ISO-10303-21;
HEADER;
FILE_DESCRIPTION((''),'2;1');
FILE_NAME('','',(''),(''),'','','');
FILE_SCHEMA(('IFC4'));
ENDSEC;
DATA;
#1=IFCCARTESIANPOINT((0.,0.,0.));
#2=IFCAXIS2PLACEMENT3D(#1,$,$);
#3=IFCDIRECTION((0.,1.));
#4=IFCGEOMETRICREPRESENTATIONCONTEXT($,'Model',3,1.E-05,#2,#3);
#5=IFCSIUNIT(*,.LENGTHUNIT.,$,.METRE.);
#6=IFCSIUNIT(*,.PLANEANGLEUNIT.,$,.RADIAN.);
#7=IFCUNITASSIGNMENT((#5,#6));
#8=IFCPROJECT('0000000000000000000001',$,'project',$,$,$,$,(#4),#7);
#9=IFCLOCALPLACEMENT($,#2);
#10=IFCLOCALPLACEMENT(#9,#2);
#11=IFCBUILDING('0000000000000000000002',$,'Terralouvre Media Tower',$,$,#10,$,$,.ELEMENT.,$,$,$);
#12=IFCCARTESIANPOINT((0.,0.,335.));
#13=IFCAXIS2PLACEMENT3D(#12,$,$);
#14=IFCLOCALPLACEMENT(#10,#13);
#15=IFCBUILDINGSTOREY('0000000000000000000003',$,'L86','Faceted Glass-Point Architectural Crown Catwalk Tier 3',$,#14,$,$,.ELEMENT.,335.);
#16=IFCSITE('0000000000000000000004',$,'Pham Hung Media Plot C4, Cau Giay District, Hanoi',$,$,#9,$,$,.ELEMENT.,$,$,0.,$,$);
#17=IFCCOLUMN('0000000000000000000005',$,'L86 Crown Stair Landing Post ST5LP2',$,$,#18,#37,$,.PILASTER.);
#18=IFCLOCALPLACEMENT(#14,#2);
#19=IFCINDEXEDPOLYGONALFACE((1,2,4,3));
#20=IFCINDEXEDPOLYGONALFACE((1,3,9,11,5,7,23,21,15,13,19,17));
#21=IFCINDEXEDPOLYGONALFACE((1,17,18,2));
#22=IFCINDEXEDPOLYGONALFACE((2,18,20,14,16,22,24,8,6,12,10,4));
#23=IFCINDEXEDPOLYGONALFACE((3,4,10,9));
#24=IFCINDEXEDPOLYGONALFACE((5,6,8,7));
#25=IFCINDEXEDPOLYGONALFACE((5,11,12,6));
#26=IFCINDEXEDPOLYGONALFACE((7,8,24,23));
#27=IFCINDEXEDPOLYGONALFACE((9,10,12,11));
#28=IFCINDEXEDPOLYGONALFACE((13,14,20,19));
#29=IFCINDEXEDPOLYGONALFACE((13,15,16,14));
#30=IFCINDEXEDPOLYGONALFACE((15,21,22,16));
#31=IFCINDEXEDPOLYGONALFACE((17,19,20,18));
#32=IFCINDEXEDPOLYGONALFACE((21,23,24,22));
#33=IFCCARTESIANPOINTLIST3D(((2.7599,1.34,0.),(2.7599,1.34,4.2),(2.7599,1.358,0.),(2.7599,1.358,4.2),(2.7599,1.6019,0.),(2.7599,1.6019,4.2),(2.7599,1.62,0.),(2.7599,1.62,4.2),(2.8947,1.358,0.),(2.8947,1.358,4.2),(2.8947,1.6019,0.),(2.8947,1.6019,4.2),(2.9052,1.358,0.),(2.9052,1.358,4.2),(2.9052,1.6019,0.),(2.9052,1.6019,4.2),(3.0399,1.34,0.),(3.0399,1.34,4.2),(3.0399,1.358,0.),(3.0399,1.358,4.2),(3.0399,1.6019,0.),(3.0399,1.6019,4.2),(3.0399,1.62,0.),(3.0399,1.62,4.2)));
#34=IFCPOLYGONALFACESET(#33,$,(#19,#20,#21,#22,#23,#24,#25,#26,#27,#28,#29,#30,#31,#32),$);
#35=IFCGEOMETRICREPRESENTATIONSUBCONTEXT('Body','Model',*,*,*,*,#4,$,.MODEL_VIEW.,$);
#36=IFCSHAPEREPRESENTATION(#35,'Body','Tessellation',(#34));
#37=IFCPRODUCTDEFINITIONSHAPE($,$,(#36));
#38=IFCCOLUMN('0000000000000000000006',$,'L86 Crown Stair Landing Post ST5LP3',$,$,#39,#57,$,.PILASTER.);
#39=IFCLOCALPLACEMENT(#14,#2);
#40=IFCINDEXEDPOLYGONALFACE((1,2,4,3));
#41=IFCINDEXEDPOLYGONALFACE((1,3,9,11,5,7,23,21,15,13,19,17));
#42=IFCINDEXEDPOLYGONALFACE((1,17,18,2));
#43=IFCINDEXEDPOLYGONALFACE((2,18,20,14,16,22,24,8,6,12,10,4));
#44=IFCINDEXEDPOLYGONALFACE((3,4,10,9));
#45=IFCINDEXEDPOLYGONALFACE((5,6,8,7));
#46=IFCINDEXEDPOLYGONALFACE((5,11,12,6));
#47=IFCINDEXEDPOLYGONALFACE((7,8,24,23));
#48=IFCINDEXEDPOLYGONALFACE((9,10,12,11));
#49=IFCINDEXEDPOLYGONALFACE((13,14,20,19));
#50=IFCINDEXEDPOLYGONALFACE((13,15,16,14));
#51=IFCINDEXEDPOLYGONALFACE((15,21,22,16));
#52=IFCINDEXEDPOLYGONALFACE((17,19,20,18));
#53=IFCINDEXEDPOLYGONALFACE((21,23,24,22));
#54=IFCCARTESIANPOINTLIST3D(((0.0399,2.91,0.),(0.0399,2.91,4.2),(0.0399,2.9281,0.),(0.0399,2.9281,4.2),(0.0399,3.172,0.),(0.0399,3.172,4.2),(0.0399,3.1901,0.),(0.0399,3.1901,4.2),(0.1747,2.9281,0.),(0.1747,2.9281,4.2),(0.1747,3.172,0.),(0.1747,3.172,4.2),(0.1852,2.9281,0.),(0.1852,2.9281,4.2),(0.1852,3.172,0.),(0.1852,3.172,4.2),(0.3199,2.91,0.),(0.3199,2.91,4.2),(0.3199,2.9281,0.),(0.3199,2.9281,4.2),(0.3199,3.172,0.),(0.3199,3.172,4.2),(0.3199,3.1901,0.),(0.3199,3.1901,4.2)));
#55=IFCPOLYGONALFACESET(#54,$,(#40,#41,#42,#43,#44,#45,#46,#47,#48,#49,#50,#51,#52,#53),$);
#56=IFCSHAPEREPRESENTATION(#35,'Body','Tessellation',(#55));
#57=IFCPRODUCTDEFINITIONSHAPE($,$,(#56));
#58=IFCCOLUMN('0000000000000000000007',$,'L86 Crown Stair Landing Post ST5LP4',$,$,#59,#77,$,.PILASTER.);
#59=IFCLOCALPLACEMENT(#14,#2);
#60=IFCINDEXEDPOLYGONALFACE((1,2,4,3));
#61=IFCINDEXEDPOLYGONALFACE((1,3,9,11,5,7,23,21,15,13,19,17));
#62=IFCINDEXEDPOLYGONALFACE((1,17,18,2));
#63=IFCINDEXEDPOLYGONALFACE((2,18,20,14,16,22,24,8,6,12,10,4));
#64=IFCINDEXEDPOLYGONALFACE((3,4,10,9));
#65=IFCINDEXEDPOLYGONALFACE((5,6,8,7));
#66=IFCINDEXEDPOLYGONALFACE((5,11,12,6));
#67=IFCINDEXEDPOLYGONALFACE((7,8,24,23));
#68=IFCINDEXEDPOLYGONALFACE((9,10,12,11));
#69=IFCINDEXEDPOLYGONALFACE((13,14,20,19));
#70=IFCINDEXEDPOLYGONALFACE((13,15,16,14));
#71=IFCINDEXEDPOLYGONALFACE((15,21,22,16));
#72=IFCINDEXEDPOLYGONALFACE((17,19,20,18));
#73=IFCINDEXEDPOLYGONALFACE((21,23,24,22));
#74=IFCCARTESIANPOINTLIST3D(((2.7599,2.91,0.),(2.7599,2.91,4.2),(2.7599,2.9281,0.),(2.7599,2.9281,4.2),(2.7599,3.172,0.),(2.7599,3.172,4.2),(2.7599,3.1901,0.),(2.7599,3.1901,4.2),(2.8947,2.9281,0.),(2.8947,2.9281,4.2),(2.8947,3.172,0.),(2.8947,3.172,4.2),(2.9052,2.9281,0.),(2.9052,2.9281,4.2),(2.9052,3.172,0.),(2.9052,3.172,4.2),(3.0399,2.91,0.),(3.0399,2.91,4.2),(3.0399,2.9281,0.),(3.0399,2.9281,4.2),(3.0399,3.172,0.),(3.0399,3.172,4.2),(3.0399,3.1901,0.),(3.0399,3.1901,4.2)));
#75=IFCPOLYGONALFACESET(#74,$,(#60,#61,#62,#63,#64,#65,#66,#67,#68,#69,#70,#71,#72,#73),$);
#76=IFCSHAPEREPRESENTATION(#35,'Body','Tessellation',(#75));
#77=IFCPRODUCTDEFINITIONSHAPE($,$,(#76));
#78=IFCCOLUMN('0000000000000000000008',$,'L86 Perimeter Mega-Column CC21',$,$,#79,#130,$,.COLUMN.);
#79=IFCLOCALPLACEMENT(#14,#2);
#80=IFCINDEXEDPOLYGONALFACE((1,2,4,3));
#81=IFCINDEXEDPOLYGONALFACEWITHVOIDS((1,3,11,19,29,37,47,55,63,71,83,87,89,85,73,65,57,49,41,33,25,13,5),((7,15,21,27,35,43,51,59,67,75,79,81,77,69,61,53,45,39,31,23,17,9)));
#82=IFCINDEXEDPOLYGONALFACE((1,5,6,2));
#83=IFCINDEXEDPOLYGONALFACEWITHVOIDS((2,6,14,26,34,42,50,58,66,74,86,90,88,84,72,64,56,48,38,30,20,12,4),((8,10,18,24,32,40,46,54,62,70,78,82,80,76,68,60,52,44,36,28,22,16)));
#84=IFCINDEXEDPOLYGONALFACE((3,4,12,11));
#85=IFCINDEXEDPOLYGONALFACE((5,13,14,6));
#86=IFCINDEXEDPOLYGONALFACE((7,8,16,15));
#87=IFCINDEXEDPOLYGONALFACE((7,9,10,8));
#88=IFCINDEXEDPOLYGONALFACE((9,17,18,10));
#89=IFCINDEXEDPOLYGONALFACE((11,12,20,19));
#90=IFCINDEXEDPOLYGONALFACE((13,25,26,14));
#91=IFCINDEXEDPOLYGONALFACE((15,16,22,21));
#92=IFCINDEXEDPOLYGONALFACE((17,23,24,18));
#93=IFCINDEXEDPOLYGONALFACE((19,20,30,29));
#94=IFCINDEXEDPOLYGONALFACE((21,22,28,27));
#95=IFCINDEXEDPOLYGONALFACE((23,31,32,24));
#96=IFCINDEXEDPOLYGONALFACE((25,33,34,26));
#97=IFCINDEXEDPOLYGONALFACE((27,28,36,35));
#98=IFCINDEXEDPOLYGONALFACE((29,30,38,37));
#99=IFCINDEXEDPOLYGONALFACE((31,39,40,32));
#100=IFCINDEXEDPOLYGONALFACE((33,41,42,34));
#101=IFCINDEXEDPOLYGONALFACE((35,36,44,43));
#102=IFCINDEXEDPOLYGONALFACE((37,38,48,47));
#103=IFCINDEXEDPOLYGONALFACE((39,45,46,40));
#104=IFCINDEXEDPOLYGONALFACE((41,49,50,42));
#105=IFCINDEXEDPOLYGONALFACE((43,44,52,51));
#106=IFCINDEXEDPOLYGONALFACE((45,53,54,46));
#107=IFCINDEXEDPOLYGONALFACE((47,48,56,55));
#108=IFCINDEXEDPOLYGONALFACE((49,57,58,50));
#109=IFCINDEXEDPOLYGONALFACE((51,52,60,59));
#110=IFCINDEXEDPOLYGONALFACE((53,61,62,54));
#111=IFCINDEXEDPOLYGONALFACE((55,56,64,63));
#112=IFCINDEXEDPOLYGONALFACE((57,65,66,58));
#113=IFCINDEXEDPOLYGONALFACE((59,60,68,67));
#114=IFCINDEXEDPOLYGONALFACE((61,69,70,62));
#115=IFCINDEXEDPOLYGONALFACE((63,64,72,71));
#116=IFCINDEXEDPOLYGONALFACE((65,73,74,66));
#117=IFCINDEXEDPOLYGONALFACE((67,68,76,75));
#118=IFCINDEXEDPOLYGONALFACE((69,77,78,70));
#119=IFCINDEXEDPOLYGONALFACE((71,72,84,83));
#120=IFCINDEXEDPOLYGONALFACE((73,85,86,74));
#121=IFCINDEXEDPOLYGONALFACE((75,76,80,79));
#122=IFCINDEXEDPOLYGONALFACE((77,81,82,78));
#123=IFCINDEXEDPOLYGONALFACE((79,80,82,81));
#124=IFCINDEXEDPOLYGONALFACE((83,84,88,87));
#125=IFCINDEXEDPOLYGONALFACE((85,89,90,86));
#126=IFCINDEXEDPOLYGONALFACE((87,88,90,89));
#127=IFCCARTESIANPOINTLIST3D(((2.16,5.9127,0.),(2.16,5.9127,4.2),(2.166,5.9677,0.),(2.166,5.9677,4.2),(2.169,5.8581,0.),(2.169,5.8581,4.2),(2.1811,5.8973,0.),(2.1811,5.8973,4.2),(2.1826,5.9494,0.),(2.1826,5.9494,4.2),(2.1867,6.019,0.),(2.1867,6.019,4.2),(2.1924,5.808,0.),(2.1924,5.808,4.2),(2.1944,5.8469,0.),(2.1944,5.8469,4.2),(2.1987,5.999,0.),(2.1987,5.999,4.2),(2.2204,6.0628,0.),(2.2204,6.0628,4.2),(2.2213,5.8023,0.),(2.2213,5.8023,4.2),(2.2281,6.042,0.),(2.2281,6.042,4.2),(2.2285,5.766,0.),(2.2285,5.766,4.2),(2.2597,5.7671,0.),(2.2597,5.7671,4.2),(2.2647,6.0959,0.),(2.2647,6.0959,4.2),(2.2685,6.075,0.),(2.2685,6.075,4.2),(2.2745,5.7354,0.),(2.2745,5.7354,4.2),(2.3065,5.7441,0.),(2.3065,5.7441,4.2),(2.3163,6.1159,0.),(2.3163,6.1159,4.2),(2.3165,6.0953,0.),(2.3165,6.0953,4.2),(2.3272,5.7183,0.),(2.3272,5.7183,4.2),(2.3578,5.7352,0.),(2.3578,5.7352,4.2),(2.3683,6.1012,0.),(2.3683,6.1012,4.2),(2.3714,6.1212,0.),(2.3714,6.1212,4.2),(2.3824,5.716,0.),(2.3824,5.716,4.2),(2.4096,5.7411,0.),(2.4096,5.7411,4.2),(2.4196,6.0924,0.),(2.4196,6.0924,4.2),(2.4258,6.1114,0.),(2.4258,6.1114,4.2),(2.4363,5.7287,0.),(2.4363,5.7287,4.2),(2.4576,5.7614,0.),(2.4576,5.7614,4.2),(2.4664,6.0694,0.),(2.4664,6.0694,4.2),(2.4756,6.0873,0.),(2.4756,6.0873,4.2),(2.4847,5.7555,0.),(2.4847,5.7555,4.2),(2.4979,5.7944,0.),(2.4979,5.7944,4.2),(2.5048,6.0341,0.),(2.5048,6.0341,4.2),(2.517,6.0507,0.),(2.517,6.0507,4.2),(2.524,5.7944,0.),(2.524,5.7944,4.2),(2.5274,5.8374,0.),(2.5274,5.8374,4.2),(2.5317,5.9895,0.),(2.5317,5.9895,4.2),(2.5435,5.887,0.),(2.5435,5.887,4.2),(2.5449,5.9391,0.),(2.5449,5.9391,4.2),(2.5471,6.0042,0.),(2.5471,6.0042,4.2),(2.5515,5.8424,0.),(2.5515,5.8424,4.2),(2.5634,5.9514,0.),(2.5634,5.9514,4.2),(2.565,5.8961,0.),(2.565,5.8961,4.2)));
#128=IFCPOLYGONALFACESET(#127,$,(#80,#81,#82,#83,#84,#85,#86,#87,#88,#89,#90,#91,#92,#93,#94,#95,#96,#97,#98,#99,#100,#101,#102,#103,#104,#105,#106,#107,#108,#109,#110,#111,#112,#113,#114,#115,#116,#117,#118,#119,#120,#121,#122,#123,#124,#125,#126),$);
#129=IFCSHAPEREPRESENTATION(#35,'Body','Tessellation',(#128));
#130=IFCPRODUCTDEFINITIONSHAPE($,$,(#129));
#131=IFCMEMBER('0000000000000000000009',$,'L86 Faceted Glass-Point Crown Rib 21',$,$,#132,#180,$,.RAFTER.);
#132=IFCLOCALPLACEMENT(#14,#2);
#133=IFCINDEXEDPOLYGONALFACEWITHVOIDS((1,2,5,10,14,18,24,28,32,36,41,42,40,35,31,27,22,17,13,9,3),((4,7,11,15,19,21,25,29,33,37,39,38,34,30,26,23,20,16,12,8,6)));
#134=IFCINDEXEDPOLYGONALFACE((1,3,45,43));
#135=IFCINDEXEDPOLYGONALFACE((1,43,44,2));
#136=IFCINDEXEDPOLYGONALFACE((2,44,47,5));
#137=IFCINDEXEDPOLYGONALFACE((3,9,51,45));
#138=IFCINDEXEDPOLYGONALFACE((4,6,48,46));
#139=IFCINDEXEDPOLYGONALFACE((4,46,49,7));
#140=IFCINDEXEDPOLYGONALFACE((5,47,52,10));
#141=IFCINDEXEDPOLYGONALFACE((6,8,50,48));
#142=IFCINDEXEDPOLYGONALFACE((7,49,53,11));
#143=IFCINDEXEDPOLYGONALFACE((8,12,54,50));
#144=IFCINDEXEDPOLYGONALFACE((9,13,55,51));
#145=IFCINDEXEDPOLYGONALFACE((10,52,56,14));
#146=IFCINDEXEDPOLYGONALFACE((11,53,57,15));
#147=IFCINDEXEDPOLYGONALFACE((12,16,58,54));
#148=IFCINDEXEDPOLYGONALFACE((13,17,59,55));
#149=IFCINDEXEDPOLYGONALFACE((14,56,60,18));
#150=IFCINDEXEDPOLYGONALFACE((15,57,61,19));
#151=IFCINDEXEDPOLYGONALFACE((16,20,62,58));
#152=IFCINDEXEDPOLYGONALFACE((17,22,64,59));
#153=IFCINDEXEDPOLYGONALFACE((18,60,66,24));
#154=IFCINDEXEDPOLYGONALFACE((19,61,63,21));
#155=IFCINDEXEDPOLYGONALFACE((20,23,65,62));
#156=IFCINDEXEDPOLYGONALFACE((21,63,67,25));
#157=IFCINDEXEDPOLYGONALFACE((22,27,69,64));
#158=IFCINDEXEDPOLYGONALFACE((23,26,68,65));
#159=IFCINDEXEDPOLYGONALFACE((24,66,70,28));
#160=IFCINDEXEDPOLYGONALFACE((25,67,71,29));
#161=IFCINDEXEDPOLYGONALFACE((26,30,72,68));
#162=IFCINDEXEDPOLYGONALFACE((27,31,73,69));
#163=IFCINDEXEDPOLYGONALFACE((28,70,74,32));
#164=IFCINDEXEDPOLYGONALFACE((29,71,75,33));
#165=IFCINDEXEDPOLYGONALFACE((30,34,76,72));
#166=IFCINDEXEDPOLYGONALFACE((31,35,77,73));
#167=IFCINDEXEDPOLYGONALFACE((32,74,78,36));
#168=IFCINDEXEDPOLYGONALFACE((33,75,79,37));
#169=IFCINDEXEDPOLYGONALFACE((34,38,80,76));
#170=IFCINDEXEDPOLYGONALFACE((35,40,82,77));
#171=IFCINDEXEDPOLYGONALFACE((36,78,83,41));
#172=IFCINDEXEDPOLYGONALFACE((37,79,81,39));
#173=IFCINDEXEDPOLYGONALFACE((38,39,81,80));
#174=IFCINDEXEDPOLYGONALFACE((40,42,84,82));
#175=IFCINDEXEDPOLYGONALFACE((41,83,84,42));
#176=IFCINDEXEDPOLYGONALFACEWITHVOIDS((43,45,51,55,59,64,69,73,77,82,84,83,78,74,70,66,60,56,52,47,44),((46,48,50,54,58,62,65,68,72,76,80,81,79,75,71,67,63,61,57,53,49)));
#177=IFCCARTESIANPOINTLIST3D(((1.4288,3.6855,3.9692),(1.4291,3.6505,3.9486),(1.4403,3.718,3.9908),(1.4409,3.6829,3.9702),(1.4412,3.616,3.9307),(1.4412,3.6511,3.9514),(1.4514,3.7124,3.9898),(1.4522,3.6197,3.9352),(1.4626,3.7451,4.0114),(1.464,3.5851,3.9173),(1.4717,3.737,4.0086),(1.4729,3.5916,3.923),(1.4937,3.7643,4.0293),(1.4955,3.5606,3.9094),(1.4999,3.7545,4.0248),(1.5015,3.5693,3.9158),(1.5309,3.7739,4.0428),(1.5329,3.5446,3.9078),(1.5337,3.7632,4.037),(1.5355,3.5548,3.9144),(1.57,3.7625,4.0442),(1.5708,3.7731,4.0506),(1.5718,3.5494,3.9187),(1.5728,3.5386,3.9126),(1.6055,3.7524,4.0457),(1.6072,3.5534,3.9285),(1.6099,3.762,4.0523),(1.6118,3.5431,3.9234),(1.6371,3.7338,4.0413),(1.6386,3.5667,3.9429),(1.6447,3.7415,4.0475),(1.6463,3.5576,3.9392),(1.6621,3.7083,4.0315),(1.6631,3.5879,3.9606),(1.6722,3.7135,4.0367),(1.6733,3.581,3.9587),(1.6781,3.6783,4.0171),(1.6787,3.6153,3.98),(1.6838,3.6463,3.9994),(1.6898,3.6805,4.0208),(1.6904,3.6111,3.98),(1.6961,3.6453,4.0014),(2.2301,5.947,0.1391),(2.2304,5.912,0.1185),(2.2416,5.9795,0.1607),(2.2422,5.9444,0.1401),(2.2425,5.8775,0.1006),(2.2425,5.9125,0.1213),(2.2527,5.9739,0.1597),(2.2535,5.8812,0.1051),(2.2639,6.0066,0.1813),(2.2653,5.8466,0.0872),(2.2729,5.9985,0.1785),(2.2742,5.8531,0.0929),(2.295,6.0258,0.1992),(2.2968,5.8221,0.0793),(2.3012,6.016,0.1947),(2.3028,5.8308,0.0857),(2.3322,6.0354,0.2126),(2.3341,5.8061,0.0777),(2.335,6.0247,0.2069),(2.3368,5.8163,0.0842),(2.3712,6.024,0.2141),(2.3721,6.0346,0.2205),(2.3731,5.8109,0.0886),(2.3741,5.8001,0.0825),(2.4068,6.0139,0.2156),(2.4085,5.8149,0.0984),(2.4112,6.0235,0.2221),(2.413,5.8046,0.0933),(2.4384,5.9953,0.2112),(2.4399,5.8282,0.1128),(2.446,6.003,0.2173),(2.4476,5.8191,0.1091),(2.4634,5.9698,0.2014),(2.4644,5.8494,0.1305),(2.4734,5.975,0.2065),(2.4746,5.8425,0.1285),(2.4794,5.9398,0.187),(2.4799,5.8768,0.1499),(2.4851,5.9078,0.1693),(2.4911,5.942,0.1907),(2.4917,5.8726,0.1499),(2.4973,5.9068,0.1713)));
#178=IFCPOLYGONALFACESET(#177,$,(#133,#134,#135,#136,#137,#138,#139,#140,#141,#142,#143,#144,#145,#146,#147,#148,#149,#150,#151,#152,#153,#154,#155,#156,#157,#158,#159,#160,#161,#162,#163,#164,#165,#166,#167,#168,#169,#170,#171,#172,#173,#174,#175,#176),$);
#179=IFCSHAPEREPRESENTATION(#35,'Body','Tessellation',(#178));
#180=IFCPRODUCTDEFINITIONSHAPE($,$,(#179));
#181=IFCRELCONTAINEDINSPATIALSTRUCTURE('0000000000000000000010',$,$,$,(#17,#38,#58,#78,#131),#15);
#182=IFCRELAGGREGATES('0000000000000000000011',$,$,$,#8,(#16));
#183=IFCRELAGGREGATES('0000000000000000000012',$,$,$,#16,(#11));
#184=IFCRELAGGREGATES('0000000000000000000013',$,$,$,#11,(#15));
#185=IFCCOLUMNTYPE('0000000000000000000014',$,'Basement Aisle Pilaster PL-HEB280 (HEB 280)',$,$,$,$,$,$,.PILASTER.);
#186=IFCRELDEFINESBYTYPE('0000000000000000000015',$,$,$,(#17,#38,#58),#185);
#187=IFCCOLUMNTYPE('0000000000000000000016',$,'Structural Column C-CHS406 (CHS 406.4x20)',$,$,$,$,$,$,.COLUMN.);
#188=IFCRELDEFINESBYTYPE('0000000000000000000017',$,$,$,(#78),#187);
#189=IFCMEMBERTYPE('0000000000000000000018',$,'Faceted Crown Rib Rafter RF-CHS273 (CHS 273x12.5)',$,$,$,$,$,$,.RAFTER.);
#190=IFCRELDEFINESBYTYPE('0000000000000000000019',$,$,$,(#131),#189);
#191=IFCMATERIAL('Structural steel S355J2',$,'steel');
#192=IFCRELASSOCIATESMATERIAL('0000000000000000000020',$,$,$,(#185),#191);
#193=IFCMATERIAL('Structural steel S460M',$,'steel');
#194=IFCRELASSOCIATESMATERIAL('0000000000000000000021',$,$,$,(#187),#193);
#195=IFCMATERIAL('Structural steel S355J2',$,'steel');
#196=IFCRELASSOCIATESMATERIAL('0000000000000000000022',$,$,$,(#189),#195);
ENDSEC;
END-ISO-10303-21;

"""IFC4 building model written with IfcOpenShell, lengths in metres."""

from ifc_helpers import new_model, si_unit, direction, frame, origin, origin_2d, place, context, subcontext, project, spatial, hollow_circle, i_section, extrude, material, material_profile, profile_set, type_object, element, save


model = new_model("IFC4")

# Units and contexts
model_context = context("Model", 3, precision=1e-05, world=origin(), true_north=direction((0.0, 1.0)))
body_context = subcontext(model_context, "Body", "Model", "MODEL_VIEW")
ifc_project = project(units=[si_unit("LENGTHUNIT", "METRE"), si_unit("PLANEANGLEUNIT", "RADIAN")], contexts=[model_context])

# Site, building, storey
site_placement = place(None, origin())
site = spatial("IfcSite", under=ifc_project, at=site_placement, Name="Pham Hung Media Plot C4, Cau Giay District, Hanoi", CompositionType="ELEMENT", RefElevation=0.0)
building_placement = place(site_placement, origin())
building = spatial("IfcBuilding", under=site, at=building_placement, Name="Terralouvre Media Tower", CompositionType="ELEMENT")
storey_placement = place(building_placement, frame((0.0, 0.0, 335.0)))
storey = spatial("IfcBuildingStorey", under=building, at=storey_placement, Name="L86", Description="Faceted Glass-Point Architectural Crown Catwalk Tier 3", CompositionType="ELEMENT", Elevation=335.0)

# Columns
ifc_material_1 = material(Name="Structural steel S355J2", Category="steel")
ifc_material_profile_1 = material_profile(ifc_material_1, i_section(OverallWidth=0.28, OverallDepth=0.28, WebThickness=0.0105, FlangeThickness=0.0181, at=origin_2d()), Name="HEB 280")
ifc_profile_set_1 = profile_set([ifc_material_profile_1], Name="Structural steel S355J2")
column_type_1 = type_object("IfcColumnType", Name="Basement Aisle Pilaster PL-HEB280 (HEB 280)", PredefinedType="PILASTER", material=ifc_profile_set_1)
for number, where, z_axis, x_axis, name in (
    (1, (2.8999, 1.48, 0.0), (0.0, 0.0, 1.0), (1.0, 0.0, 0.0), "L86 Crown Stair Landing Post ST5LP2"),
    (2, (0.1799, 3.05, 0.0), (0.0, 0.0, 1.0), (1.0, 0.0, 0.0), "L86 Crown Stair Landing Post ST5LP3"),
    (3, (2.8999, 3.05, 0.0), (0.0, 0.0, 1.0), (1.0, 0.0, 0.0), "L86 Crown Stair Landing Post ST5LP4"),
):
    element("IfcColumn", number, at=place(storey_placement, frame(where, z_axis=z_axis, x_axis=x_axis)), inside=storey, type_object=column_type_1, Name=name, PredefinedType="PILASTER", context=body_context, shape_type="SweptSolid", body=[
        extrude(i_section(OverallWidth=0.28, OverallDepth=0.28, WebThickness=0.0105, FlangeThickness=0.0181, at=origin_2d()), origin(), (0.0, 0.0, 1.0), 4.2),
    ])
ifc_material_2 = material(Name="Structural steel S460M", Category="steel")
ifc_material_profile_2 = material_profile(ifc_material_2, hollow_circle(Radius=0.2031, WallThickness=0.02, at=origin_2d()), Name="CHS 406.4x20")
ifc_profile_set_2 = profile_set([ifc_material_profile_2], Name="Structural steel S460M")
column_type_2 = type_object("IfcColumnType", Name="Structural Column C-CHS406 (CHS 406.4x20)", PredefinedType="COLUMN", material=ifc_profile_set_2)
column_placement = place(storey_placement, frame((2.363, 5.9182, 0.0), z_axis=(0.0, 0.0, 1.0), x_axis=(0.309017, 0.951057, 0.0)))
element("IfcColumn", 4, at=column_placement, inside=storey, type_object=column_type_2, Name="L86 Perimeter Mega-Column CC21", PredefinedType="COLUMN", context=body_context, shape_type="SweptSolid", body=[
    extrude(hollow_circle(Radius=0.2031, WallThickness=0.02, at=origin_2d()), origin(), (0.0, 0.0, 1.0), 4.2),
])

# Member
ifc_material_3 = material(Name="Structural steel S355J2", Category="steel")
ifc_material_profile_3 = material_profile(ifc_material_3, hollow_circle(Radius=0.1365, WallThickness=0.0125, at=origin_2d()), Name="CHS 273x12.5")
ifc_profile_set_3 = profile_set([ifc_material_profile_3], Name="Structural steel S355J2")
member_type = type_object("IfcMemberType", Name="Faceted Crown Rib Rafter RF-CHS273 (CHS 273x12.5)", PredefinedType="RAFTER", material=ifc_profile_set_3)
member_placement = place(storey_placement, frame((2.363, 5.9182, 0.1499), z_axis=(-0.177292, -0.500383, 0.847458), x_axis=(0.942584, -0.33397, 0.0)))
element("IfcMember", 5, at=member_placement, inside=storey, type_object=member_type, Name="L86 Faceted Glass-Point Crown Rib 21", PredefinedType="RAFTER", context=body_context, shape_type="SweptSolid", body=[
    extrude(hollow_circle(Radius=0.1365, WallThickness=0.0125, at=origin_2d()), origin(), (0.0, 0.0, 1.0), 4.5195),
])

save(model, "model.ifc")
